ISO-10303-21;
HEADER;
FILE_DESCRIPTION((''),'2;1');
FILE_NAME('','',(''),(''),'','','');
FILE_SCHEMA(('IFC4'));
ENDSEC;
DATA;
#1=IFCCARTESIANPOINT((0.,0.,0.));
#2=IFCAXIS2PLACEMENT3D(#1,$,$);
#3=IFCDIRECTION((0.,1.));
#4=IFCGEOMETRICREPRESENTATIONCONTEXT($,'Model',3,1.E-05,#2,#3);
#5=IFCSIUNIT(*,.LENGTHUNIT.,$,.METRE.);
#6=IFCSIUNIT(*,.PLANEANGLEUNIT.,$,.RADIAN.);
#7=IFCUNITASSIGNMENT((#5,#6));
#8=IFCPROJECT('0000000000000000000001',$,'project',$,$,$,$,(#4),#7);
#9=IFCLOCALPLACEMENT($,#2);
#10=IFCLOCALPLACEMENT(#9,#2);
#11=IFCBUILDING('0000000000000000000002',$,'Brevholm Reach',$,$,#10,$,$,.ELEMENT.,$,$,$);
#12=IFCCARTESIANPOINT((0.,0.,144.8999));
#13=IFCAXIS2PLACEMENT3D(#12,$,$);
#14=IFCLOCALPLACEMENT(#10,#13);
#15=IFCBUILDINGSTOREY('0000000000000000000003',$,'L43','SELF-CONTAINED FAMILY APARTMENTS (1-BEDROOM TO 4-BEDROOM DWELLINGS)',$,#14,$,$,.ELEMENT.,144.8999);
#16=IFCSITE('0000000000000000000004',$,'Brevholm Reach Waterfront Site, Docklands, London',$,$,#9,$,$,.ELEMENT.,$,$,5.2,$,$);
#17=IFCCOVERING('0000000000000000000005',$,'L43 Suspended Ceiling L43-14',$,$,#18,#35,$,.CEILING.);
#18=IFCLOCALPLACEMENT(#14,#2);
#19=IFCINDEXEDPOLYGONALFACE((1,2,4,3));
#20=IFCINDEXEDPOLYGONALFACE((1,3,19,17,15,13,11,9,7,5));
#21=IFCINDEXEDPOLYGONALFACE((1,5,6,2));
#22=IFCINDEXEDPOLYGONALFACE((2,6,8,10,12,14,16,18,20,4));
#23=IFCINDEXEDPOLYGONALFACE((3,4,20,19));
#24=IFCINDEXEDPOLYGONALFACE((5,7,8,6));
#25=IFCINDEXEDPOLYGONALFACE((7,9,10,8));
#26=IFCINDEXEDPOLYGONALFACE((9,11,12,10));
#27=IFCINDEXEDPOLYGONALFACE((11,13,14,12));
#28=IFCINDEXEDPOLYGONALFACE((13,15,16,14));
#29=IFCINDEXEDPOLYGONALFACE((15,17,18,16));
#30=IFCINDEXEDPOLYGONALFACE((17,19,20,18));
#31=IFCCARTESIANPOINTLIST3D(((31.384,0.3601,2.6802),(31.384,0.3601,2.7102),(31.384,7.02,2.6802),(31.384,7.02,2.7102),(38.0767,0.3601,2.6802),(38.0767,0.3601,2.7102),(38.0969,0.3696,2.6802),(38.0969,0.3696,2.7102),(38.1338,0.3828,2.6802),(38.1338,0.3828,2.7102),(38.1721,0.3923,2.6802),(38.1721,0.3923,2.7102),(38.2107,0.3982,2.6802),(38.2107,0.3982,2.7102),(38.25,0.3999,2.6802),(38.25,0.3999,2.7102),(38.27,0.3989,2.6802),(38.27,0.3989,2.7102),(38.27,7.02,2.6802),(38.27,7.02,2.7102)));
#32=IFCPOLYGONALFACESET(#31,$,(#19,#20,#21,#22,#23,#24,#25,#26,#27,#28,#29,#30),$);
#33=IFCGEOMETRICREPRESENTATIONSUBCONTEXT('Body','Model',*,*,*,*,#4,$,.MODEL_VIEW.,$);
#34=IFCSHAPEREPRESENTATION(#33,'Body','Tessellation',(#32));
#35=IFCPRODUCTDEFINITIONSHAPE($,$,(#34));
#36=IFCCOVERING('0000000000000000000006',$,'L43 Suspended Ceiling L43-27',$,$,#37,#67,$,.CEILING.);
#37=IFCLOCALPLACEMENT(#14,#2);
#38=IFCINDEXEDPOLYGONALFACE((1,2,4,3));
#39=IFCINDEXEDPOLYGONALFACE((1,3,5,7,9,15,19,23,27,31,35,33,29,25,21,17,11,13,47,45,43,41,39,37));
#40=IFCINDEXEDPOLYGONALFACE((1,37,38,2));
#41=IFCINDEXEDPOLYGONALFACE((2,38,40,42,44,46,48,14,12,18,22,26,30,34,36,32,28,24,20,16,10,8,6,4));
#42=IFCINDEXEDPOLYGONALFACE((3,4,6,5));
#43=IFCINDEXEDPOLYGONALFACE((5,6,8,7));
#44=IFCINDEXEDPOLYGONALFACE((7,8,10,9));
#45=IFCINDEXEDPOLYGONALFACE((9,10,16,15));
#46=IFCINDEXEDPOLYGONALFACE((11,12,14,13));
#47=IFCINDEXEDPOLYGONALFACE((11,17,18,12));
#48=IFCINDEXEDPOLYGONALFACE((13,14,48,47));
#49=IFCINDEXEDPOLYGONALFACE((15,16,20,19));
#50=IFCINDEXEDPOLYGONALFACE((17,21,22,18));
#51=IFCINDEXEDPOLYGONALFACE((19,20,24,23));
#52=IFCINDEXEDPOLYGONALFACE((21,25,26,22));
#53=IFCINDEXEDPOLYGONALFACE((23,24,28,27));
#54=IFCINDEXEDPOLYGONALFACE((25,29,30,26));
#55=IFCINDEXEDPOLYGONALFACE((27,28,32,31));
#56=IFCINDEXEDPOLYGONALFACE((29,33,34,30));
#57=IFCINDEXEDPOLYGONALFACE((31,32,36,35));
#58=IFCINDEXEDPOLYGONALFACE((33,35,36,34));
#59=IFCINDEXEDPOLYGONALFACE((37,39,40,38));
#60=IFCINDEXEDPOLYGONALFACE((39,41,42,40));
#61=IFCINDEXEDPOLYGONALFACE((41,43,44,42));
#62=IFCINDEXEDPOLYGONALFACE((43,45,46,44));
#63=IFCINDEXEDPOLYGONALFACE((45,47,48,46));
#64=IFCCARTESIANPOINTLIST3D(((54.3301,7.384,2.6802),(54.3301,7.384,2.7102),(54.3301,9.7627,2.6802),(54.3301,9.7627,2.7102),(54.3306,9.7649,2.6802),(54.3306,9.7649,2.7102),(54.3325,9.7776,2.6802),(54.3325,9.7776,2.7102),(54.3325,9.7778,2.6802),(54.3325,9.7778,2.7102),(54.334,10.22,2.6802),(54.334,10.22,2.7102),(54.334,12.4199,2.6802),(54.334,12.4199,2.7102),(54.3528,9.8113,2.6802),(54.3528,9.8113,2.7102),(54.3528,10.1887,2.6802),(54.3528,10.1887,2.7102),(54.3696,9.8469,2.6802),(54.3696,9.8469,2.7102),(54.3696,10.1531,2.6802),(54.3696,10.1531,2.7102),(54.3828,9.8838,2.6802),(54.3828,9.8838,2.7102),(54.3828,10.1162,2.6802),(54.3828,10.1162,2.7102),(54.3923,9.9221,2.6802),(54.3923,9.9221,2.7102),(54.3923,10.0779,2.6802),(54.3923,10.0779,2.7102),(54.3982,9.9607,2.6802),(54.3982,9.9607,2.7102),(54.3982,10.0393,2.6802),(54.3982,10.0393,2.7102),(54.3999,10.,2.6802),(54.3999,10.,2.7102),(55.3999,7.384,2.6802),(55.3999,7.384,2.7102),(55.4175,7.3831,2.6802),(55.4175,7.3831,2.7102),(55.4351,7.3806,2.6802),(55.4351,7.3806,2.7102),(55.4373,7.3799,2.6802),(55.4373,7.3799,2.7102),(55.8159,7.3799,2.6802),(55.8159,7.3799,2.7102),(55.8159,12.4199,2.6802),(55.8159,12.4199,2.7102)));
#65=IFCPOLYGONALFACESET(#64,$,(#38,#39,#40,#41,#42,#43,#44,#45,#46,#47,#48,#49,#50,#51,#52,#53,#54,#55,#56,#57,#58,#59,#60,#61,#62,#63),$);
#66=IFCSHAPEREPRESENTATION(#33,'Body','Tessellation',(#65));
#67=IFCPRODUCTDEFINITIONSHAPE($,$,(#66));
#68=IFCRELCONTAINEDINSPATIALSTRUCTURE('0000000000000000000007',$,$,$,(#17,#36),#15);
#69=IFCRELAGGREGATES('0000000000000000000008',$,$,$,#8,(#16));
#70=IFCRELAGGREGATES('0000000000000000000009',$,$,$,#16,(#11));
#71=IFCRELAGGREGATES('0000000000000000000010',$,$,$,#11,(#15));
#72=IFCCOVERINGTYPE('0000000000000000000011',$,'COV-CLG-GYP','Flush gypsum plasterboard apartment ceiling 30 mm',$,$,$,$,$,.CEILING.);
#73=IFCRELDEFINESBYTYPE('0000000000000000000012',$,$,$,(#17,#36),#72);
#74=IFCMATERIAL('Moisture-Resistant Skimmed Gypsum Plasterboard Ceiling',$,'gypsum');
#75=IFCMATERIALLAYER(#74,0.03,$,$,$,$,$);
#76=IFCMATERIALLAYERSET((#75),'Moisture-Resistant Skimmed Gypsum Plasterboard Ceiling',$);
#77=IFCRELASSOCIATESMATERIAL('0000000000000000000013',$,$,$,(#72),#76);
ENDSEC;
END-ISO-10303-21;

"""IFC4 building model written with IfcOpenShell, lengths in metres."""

from ifc_helpers import new_model, si_unit, direction, frame, origin, place, context, subcontext, project, spatial, polyline, outline, extrude, material, layer, layer_set, type_object, element, save


model = new_model("IFC4")

# Units and contexts
model_context = context("Model", 3, precision=1e-05, world=origin(), true_north=direction((0.0, 1.0)))
body_context = subcontext(model_context, "Body", "Model", "MODEL_VIEW")
ifc_project = project(units=[si_unit("LENGTHUNIT", "METRE"), si_unit("PLANEANGLEUNIT", "RADIAN")], contexts=[model_context])

# Site, building, storey
site_placement = place(None, origin())
site = spatial("IfcSite", under=ifc_project, at=site_placement, Name="Brevholm Reach Waterfront Site, Docklands, London", CompositionType="ELEMENT", RefElevation=5.2)
building_placement = place(site_placement, origin())
building = spatial("IfcBuilding", under=site, at=building_placement, Name="Brevholm Reach", CompositionType="ELEMENT")
storey_placement = place(building_placement, frame((0.0, 0.0, 144.8999)))
storey = spatial("IfcBuildingStorey", under=building, at=storey_placement, Name="L43", Description="SELF-CONTAINED FAMILY APARTMENTS (1-BEDROOM TO 4-BEDROOM DWELLINGS)", CompositionType="ELEMENT", Elevation=144.8999)

# Coverings
ifc_material_1 = material(Name="Moisture-Resistant Skimmed Gypsum Plasterboard Ceiling", Category="gypsum")
ifc_layer_1 = layer(ifc_material_1, 0.03)
ifc_layer_set_1 = layer_set([ifc_layer_1], Name="Moisture-Resistant Skimmed Gypsum Plasterboard Ceiling")
covering_type_1 = type_object("IfcCoveringType", Name="COV-CLG-GYP", Description="Flush gypsum plasterboard apartment ceiling 30 mm", PredefinedType="CEILING", material=ifc_layer_set_1)
covering_1_placement = place(storey_placement, frame((0.0, 0.0, 2.6802)))
element("IfcCovering", 1, at=covering_1_placement, inside=storey, type_object=covering_type_1, Name="L43 Suspended Ceiling L43-14", PredefinedType="CEILING", context=body_context, shape_type="SweptSolid", body=[
    extrude(outline(polyline([(38.27, 7.02), (38.27, 0.3989), (38.25, 0.3999), (38.2107, 0.3982), (38.1721, 0.3923), (38.1338, 0.3828), (38.0969, 0.3696), (38.0767, 0.3601), (31.384, 0.3601), (31.384, 7.02), (38.27, 7.02)])), origin(), (0.0, 0.0, 1.0), 0.03),
])
covering_2_placement = place(storey_placement, frame((0.0, 0.0, 2.6802)))
element("IfcCovering", 2, at=covering_2_placement, inside=storey, type_object=covering_type_1, Name="L43 Suspended Ceiling L43-27", PredefinedType="CEILING", context=body_context, shape_type="SweptSolid", body=[
    extrude(outline(polyline([(54.3301, 9.7627), (54.3306, 9.7649), (54.3325, 9.7776), (54.3325, 9.7778), (54.3528, 9.8113), (54.3696, 9.8469), (54.3828, 9.8838), (54.3923, 9.9221), (54.3982, 9.9607), (54.3999, 10.0), (54.3982, 10.0393), (54.3923, 10.0779), (54.3828, 10.1162), (54.3696, 10.1531), (54.3528, 10.1887), (54.334, 10.22), (54.334, 12.4199), (55.8159, 12.4199), (55.8159, 7.3799), (55.4373, 7.3799), (55.4351, 7.3806), (55.4175, 7.3831), (55.3999, 7.384), (54.3301, 7.384), (54.3301, 9.7627)])), origin(), (0.0, 0.0, 1.0), 0.03),
])

save(model, "model.ifc")
